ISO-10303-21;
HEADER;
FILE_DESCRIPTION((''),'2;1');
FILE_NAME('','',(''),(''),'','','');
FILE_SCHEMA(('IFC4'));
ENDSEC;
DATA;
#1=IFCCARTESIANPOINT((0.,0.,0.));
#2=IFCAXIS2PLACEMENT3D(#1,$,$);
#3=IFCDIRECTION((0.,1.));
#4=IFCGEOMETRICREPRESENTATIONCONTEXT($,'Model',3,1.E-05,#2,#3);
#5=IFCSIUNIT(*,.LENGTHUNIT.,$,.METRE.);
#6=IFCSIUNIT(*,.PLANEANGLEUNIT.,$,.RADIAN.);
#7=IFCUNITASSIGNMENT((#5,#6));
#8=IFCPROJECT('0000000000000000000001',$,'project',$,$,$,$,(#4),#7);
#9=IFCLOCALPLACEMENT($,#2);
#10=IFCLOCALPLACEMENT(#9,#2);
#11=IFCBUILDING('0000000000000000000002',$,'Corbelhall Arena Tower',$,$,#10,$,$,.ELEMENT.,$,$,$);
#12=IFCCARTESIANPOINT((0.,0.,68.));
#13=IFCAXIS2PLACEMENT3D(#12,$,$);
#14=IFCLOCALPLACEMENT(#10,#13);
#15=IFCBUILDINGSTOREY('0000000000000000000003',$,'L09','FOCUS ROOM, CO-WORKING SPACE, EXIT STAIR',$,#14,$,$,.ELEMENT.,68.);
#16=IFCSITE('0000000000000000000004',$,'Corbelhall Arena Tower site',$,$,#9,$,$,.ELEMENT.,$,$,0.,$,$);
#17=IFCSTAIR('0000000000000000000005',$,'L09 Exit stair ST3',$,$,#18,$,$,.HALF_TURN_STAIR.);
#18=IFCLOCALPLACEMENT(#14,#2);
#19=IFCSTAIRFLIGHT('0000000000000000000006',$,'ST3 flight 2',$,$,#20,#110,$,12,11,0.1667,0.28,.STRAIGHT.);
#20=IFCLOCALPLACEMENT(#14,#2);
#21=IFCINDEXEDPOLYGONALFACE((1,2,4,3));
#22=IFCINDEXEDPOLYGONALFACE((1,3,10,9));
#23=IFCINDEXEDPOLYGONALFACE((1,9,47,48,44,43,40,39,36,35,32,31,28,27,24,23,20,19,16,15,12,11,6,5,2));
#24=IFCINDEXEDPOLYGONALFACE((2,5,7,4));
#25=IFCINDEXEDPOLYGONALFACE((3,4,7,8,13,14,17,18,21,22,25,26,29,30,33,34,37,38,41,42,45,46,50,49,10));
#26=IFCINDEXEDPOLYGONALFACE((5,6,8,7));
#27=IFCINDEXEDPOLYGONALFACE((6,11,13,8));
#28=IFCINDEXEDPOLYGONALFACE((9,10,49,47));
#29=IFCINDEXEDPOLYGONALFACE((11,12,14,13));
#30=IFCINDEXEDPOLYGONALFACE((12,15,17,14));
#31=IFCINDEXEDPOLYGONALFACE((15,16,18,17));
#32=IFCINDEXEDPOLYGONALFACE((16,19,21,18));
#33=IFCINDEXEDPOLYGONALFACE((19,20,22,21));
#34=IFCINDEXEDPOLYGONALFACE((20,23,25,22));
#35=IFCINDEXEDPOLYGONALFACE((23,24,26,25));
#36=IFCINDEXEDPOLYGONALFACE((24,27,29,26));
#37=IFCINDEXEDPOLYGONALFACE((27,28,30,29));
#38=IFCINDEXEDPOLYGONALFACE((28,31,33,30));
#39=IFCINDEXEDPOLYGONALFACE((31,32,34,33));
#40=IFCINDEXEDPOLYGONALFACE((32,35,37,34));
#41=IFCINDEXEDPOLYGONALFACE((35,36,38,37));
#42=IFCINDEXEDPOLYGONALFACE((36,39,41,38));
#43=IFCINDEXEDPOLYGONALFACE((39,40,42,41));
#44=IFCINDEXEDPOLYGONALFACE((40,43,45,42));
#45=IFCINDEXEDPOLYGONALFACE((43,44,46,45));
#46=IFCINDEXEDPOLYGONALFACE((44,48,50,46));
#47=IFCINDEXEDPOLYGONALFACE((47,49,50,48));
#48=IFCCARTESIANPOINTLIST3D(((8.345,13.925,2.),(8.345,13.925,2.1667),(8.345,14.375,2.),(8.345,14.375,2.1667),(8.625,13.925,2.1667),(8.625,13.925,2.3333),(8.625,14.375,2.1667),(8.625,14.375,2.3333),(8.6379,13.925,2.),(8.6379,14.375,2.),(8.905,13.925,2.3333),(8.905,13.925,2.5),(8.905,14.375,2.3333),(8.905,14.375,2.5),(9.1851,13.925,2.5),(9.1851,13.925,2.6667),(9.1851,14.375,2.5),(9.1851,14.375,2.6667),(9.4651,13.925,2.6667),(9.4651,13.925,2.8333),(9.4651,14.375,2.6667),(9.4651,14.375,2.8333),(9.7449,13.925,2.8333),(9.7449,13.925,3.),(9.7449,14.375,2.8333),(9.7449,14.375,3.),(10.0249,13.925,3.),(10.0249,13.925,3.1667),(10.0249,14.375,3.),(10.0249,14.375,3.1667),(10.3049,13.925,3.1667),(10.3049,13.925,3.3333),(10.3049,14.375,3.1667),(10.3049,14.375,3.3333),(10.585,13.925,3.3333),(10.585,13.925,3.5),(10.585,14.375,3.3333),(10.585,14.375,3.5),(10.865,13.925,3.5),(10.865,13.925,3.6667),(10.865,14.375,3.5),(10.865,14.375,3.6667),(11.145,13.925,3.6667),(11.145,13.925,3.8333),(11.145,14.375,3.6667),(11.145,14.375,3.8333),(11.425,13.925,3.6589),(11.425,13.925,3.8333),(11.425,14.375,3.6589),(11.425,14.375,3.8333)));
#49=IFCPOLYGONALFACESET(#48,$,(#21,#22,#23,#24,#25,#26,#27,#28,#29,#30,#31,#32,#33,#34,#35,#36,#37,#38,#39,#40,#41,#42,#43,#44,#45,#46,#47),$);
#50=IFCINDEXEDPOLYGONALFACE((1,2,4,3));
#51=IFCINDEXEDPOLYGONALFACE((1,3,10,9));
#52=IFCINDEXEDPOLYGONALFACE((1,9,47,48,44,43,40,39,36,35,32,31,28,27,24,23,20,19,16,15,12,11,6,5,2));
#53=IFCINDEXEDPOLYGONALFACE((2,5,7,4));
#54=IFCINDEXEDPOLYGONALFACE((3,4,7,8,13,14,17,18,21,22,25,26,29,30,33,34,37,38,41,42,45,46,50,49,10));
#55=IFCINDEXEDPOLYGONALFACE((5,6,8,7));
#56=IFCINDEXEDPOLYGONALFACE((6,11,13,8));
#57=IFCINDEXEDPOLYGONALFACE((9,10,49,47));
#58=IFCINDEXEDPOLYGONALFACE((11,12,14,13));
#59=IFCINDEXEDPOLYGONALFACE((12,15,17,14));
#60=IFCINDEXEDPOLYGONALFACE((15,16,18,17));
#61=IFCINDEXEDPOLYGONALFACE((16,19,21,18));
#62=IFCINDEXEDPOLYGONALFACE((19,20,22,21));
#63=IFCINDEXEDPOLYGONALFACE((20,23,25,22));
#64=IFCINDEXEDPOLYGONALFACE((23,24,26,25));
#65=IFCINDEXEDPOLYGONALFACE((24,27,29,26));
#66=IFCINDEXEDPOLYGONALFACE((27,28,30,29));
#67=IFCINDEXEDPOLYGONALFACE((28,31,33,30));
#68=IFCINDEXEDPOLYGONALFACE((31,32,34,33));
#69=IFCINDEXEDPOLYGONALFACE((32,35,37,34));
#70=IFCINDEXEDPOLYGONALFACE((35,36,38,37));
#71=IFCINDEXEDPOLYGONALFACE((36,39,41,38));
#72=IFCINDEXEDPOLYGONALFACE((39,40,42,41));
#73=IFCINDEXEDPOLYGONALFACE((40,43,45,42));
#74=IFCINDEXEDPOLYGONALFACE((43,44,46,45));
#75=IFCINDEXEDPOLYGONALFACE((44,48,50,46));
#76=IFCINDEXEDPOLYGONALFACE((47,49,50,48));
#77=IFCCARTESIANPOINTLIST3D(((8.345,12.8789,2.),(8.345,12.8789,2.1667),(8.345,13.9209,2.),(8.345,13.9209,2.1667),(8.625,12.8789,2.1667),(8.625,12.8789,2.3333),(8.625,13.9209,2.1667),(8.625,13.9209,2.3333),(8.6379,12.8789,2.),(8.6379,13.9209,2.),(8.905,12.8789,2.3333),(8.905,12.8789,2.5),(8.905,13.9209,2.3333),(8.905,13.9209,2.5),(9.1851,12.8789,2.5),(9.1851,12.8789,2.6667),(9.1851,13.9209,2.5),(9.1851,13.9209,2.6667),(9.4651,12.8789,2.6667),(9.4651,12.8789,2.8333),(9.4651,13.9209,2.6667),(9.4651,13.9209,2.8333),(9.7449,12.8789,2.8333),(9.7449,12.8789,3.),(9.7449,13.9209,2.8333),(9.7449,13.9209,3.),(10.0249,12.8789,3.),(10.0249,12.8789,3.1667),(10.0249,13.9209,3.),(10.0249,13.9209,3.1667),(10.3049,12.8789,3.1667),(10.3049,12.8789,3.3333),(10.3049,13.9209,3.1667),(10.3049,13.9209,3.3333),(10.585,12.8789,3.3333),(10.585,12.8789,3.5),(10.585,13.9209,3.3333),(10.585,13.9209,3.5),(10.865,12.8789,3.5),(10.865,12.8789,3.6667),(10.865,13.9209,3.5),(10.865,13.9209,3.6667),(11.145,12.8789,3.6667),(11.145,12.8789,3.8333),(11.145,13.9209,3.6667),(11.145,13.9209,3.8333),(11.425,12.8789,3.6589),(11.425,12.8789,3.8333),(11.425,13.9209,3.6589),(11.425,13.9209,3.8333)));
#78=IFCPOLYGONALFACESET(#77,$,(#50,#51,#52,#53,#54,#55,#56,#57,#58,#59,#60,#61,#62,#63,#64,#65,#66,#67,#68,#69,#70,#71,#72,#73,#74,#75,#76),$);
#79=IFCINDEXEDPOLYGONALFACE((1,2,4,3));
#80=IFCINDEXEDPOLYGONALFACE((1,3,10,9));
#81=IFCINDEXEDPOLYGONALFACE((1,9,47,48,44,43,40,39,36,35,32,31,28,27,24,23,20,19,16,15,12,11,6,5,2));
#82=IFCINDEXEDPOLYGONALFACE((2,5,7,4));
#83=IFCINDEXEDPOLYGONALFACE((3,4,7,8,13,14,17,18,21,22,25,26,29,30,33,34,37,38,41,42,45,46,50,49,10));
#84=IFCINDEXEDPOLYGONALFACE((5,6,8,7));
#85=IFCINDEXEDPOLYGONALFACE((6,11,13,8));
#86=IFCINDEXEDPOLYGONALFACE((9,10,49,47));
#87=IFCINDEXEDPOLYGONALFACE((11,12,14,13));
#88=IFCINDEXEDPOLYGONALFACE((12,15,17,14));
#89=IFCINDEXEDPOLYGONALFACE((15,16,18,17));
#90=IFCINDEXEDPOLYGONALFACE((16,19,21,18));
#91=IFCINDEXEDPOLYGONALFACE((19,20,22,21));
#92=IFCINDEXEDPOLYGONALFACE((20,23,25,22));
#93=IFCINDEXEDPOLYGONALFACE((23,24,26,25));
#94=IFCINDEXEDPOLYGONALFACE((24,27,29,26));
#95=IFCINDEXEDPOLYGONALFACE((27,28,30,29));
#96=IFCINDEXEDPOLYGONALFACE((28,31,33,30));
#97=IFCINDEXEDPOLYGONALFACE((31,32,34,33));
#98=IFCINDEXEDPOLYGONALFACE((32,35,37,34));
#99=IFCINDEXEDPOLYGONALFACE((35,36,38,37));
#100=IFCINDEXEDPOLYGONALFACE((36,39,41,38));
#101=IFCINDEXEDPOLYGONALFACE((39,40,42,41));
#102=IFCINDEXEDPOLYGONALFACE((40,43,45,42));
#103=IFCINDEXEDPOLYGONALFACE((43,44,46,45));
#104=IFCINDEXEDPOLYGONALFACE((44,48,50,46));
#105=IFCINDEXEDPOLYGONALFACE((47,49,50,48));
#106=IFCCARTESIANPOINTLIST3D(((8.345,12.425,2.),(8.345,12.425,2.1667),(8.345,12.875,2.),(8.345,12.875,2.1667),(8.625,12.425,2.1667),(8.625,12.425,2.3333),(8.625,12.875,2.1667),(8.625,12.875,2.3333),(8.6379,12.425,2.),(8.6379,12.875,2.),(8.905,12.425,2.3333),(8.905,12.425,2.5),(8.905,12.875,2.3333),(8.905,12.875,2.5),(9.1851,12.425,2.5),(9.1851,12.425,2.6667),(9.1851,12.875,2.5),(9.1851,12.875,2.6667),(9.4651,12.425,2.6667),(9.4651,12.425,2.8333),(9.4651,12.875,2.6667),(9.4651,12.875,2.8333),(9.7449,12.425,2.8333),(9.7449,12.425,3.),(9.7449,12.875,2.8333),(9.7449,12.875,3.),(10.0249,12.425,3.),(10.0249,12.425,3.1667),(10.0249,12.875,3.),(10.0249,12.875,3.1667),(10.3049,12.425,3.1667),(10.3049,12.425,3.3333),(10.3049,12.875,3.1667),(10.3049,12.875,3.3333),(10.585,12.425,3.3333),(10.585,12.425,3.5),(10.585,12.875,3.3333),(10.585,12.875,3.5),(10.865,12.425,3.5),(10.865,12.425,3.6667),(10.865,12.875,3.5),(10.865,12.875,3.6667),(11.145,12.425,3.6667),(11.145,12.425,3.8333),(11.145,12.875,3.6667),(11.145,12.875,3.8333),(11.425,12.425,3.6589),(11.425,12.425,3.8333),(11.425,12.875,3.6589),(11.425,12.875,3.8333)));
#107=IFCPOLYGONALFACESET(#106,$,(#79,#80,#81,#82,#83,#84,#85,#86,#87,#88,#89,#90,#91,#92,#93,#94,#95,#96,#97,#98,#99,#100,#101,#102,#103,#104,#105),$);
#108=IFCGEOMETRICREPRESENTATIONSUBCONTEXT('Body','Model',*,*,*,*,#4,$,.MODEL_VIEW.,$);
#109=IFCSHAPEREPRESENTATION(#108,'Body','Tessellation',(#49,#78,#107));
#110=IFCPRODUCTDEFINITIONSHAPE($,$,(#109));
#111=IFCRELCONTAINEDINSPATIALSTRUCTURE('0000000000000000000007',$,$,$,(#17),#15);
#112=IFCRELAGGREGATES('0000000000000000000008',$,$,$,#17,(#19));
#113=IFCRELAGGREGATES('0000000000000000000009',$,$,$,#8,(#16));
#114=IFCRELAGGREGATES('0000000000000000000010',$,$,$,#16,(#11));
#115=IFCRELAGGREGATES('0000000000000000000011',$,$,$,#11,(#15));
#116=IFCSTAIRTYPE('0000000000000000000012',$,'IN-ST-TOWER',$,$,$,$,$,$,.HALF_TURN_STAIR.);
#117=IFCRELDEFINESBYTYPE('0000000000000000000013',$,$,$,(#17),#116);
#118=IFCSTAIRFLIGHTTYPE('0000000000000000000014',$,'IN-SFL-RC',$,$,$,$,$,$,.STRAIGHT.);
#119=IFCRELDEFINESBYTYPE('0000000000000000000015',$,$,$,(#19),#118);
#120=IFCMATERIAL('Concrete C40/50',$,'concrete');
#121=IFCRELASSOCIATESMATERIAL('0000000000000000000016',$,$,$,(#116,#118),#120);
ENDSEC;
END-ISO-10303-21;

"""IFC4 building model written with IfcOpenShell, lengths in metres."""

from ifc_helpers import new_model, si_unit, direction, frame, origin, place, context, subcontext, project, spatial, polyline, outline, extrude, material, type_object, element, aggregate, save


model = new_model("IFC4")

# Units and contexts
model_context = context("Model", 3, precision=1e-05, world=origin(), true_north=direction((0.0, 1.0)))
body_context = subcontext(model_context, "Body", "Model", "MODEL_VIEW")
ifc_project = project(units=[si_unit("LENGTHUNIT", "METRE"), si_unit("PLANEANGLEUNIT", "RADIAN")], contexts=[model_context])

# Site, building, storey
site_placement = place(None, origin())
site = spatial("IfcSite", under=ifc_project, at=site_placement, Name="Corbelhall Arena Tower site", CompositionType="ELEMENT", RefElevation=0.0)
building_placement = place(site_placement, origin())
building = spatial("IfcBuilding", under=site, at=building_placement, Name="Corbelhall Arena Tower", CompositionType="ELEMENT")
storey_placement = place(building_placement, frame((0.0, 0.0, 68.0)))
storey = spatial("IfcBuildingStorey", under=building, at=storey_placement, Name="L09", Description="FOCUS ROOM, CO-WORKING SPACE, EXIT STAIR", CompositionType="ELEMENT", Elevation=68.0)

# Shared definitions
ifc_material_1 = material(Name="Concrete C40/50", Category="concrete")

# Stair, stair flight
stair_type = type_object("IfcStairType", Name="IN-ST-TOWER", PredefinedType="HALF_TURN_STAIR", material=ifc_material_1)
stair_placement = place(storey_placement, origin())
stair = element("IfcStair", 1, at=stair_placement, inside=storey, type_object=stair_type, Name="L09 Exit stair ST3", PredefinedType="HALF_TURN_STAIR")
stair_flight_type = type_object("IfcStairFlightType", Name="IN-SFL-RC", PredefinedType="STRAIGHT", material=ifc_material_1)
stair_flight_1_placement = place(storey_placement, frame((8.345, 13.3999, 2.0), z_axis=(0.0, 0.0, 1.0), x_axis=(1.0, 0.0, 0.0)))
stair_flight_1 = element("IfcStairFlight", 2, at=stair_flight_1_placement, type_object=stair_flight_type, Name="ST3 flight 2", NumberOfRisers=12, NumberOfTreads=11, PredefinedType="STRAIGHT", RiserHeight=0.1667, TreadLength=0.28, context=body_context, shape_type="SweptSolid", body=[
    extrude(outline(polyline([(0.0, 0.0), (0.0, 0.1667), (0.28, 0.1667), (0.28, 0.3333), (0.5601, 0.3333), (0.5601, 0.5), (0.8401, 0.5), (0.8401, 0.6667), (1.1201, 0.6667), (1.1201, 0.8333), (1.3999, 0.8333), (1.3999, 1.0), (1.6799, 1.0), (1.6799, 1.1667), (1.96, 1.1667), (1.96, 1.3333), (2.24, 1.3333), (2.24, 1.5), (2.52, 1.5), (2.52, 1.6667), (2.8, 1.6667), (2.8, 1.8333), (3.0801, 1.8333), (3.0801, 2.0), (3.0801, 1.6589), (0.293, 0.0), (0.0, 0.0)])), frame((0.0, 0.9751, 0.0), z_axis=(0.0, -1.0, 0.0), x_axis=(1.0, 0.0, 0.0)), (0.0, 0.0, 1.0), 0.45),
    extrude(outline(polyline([(0.0, 0.0), (0.0, 0.1667), (0.28, 0.1667), (0.28, 0.3333), (0.5601, 0.3333), (0.5601, 0.5), (0.8401, 0.5), (0.8401, 0.6667), (1.1201, 0.6667), (1.1201, 0.8333), (1.3999, 0.8333), (1.3999, 1.0), (1.6799, 1.0), (1.6799, 1.1667), (1.96, 1.1667), (1.96, 1.3333), (2.24, 1.3333), (2.24, 1.5), (2.52, 1.5), (2.52, 1.6667), (2.8, 1.6667), (2.8, 1.8333), (3.0801, 1.8333), (3.0801, 2.0), (3.0801, 1.6589), (0.293, 0.0), (0.0, 0.0)])), frame((0.0, 0.521, 0.0), z_axis=(0.0, -1.0, 0.0), x_axis=(1.0, 0.0, 0.0)), (0.0, 0.0, 1.0), 1.042),
    extrude(outline(polyline([(0.0, 0.0), (0.0, 0.1667), (0.28, 0.1667), (0.28, 0.3333), (0.5601, 0.3333), (0.5601, 0.5), (0.8401, 0.5), (0.8401, 0.6667), (1.1201, 0.6667), (1.1201, 0.8333), (1.3999, 0.8333), (1.3999, 1.0), (1.6799, 1.0), (1.6799, 1.1667), (1.96, 1.1667), (1.96, 1.3333), (2.24, 1.3333), (2.24, 1.5), (2.52, 1.5), (2.52, 1.6667), (2.8, 1.6667), (2.8, 1.8333), (3.0801, 1.8333), (3.0801, 2.0), (3.0801, 1.6589), (0.293, 0.0), (0.0, 0.0)])), frame((0.0, -0.5249, 0.0), z_axis=(0.0, -1.0, 0.0), x_axis=(1.0, 0.0, 0.0)), (0.0, 0.0, 1.0), 0.45),
])
aggregate(stair, [stair_flight_1])

save(model, "model.ifc")
